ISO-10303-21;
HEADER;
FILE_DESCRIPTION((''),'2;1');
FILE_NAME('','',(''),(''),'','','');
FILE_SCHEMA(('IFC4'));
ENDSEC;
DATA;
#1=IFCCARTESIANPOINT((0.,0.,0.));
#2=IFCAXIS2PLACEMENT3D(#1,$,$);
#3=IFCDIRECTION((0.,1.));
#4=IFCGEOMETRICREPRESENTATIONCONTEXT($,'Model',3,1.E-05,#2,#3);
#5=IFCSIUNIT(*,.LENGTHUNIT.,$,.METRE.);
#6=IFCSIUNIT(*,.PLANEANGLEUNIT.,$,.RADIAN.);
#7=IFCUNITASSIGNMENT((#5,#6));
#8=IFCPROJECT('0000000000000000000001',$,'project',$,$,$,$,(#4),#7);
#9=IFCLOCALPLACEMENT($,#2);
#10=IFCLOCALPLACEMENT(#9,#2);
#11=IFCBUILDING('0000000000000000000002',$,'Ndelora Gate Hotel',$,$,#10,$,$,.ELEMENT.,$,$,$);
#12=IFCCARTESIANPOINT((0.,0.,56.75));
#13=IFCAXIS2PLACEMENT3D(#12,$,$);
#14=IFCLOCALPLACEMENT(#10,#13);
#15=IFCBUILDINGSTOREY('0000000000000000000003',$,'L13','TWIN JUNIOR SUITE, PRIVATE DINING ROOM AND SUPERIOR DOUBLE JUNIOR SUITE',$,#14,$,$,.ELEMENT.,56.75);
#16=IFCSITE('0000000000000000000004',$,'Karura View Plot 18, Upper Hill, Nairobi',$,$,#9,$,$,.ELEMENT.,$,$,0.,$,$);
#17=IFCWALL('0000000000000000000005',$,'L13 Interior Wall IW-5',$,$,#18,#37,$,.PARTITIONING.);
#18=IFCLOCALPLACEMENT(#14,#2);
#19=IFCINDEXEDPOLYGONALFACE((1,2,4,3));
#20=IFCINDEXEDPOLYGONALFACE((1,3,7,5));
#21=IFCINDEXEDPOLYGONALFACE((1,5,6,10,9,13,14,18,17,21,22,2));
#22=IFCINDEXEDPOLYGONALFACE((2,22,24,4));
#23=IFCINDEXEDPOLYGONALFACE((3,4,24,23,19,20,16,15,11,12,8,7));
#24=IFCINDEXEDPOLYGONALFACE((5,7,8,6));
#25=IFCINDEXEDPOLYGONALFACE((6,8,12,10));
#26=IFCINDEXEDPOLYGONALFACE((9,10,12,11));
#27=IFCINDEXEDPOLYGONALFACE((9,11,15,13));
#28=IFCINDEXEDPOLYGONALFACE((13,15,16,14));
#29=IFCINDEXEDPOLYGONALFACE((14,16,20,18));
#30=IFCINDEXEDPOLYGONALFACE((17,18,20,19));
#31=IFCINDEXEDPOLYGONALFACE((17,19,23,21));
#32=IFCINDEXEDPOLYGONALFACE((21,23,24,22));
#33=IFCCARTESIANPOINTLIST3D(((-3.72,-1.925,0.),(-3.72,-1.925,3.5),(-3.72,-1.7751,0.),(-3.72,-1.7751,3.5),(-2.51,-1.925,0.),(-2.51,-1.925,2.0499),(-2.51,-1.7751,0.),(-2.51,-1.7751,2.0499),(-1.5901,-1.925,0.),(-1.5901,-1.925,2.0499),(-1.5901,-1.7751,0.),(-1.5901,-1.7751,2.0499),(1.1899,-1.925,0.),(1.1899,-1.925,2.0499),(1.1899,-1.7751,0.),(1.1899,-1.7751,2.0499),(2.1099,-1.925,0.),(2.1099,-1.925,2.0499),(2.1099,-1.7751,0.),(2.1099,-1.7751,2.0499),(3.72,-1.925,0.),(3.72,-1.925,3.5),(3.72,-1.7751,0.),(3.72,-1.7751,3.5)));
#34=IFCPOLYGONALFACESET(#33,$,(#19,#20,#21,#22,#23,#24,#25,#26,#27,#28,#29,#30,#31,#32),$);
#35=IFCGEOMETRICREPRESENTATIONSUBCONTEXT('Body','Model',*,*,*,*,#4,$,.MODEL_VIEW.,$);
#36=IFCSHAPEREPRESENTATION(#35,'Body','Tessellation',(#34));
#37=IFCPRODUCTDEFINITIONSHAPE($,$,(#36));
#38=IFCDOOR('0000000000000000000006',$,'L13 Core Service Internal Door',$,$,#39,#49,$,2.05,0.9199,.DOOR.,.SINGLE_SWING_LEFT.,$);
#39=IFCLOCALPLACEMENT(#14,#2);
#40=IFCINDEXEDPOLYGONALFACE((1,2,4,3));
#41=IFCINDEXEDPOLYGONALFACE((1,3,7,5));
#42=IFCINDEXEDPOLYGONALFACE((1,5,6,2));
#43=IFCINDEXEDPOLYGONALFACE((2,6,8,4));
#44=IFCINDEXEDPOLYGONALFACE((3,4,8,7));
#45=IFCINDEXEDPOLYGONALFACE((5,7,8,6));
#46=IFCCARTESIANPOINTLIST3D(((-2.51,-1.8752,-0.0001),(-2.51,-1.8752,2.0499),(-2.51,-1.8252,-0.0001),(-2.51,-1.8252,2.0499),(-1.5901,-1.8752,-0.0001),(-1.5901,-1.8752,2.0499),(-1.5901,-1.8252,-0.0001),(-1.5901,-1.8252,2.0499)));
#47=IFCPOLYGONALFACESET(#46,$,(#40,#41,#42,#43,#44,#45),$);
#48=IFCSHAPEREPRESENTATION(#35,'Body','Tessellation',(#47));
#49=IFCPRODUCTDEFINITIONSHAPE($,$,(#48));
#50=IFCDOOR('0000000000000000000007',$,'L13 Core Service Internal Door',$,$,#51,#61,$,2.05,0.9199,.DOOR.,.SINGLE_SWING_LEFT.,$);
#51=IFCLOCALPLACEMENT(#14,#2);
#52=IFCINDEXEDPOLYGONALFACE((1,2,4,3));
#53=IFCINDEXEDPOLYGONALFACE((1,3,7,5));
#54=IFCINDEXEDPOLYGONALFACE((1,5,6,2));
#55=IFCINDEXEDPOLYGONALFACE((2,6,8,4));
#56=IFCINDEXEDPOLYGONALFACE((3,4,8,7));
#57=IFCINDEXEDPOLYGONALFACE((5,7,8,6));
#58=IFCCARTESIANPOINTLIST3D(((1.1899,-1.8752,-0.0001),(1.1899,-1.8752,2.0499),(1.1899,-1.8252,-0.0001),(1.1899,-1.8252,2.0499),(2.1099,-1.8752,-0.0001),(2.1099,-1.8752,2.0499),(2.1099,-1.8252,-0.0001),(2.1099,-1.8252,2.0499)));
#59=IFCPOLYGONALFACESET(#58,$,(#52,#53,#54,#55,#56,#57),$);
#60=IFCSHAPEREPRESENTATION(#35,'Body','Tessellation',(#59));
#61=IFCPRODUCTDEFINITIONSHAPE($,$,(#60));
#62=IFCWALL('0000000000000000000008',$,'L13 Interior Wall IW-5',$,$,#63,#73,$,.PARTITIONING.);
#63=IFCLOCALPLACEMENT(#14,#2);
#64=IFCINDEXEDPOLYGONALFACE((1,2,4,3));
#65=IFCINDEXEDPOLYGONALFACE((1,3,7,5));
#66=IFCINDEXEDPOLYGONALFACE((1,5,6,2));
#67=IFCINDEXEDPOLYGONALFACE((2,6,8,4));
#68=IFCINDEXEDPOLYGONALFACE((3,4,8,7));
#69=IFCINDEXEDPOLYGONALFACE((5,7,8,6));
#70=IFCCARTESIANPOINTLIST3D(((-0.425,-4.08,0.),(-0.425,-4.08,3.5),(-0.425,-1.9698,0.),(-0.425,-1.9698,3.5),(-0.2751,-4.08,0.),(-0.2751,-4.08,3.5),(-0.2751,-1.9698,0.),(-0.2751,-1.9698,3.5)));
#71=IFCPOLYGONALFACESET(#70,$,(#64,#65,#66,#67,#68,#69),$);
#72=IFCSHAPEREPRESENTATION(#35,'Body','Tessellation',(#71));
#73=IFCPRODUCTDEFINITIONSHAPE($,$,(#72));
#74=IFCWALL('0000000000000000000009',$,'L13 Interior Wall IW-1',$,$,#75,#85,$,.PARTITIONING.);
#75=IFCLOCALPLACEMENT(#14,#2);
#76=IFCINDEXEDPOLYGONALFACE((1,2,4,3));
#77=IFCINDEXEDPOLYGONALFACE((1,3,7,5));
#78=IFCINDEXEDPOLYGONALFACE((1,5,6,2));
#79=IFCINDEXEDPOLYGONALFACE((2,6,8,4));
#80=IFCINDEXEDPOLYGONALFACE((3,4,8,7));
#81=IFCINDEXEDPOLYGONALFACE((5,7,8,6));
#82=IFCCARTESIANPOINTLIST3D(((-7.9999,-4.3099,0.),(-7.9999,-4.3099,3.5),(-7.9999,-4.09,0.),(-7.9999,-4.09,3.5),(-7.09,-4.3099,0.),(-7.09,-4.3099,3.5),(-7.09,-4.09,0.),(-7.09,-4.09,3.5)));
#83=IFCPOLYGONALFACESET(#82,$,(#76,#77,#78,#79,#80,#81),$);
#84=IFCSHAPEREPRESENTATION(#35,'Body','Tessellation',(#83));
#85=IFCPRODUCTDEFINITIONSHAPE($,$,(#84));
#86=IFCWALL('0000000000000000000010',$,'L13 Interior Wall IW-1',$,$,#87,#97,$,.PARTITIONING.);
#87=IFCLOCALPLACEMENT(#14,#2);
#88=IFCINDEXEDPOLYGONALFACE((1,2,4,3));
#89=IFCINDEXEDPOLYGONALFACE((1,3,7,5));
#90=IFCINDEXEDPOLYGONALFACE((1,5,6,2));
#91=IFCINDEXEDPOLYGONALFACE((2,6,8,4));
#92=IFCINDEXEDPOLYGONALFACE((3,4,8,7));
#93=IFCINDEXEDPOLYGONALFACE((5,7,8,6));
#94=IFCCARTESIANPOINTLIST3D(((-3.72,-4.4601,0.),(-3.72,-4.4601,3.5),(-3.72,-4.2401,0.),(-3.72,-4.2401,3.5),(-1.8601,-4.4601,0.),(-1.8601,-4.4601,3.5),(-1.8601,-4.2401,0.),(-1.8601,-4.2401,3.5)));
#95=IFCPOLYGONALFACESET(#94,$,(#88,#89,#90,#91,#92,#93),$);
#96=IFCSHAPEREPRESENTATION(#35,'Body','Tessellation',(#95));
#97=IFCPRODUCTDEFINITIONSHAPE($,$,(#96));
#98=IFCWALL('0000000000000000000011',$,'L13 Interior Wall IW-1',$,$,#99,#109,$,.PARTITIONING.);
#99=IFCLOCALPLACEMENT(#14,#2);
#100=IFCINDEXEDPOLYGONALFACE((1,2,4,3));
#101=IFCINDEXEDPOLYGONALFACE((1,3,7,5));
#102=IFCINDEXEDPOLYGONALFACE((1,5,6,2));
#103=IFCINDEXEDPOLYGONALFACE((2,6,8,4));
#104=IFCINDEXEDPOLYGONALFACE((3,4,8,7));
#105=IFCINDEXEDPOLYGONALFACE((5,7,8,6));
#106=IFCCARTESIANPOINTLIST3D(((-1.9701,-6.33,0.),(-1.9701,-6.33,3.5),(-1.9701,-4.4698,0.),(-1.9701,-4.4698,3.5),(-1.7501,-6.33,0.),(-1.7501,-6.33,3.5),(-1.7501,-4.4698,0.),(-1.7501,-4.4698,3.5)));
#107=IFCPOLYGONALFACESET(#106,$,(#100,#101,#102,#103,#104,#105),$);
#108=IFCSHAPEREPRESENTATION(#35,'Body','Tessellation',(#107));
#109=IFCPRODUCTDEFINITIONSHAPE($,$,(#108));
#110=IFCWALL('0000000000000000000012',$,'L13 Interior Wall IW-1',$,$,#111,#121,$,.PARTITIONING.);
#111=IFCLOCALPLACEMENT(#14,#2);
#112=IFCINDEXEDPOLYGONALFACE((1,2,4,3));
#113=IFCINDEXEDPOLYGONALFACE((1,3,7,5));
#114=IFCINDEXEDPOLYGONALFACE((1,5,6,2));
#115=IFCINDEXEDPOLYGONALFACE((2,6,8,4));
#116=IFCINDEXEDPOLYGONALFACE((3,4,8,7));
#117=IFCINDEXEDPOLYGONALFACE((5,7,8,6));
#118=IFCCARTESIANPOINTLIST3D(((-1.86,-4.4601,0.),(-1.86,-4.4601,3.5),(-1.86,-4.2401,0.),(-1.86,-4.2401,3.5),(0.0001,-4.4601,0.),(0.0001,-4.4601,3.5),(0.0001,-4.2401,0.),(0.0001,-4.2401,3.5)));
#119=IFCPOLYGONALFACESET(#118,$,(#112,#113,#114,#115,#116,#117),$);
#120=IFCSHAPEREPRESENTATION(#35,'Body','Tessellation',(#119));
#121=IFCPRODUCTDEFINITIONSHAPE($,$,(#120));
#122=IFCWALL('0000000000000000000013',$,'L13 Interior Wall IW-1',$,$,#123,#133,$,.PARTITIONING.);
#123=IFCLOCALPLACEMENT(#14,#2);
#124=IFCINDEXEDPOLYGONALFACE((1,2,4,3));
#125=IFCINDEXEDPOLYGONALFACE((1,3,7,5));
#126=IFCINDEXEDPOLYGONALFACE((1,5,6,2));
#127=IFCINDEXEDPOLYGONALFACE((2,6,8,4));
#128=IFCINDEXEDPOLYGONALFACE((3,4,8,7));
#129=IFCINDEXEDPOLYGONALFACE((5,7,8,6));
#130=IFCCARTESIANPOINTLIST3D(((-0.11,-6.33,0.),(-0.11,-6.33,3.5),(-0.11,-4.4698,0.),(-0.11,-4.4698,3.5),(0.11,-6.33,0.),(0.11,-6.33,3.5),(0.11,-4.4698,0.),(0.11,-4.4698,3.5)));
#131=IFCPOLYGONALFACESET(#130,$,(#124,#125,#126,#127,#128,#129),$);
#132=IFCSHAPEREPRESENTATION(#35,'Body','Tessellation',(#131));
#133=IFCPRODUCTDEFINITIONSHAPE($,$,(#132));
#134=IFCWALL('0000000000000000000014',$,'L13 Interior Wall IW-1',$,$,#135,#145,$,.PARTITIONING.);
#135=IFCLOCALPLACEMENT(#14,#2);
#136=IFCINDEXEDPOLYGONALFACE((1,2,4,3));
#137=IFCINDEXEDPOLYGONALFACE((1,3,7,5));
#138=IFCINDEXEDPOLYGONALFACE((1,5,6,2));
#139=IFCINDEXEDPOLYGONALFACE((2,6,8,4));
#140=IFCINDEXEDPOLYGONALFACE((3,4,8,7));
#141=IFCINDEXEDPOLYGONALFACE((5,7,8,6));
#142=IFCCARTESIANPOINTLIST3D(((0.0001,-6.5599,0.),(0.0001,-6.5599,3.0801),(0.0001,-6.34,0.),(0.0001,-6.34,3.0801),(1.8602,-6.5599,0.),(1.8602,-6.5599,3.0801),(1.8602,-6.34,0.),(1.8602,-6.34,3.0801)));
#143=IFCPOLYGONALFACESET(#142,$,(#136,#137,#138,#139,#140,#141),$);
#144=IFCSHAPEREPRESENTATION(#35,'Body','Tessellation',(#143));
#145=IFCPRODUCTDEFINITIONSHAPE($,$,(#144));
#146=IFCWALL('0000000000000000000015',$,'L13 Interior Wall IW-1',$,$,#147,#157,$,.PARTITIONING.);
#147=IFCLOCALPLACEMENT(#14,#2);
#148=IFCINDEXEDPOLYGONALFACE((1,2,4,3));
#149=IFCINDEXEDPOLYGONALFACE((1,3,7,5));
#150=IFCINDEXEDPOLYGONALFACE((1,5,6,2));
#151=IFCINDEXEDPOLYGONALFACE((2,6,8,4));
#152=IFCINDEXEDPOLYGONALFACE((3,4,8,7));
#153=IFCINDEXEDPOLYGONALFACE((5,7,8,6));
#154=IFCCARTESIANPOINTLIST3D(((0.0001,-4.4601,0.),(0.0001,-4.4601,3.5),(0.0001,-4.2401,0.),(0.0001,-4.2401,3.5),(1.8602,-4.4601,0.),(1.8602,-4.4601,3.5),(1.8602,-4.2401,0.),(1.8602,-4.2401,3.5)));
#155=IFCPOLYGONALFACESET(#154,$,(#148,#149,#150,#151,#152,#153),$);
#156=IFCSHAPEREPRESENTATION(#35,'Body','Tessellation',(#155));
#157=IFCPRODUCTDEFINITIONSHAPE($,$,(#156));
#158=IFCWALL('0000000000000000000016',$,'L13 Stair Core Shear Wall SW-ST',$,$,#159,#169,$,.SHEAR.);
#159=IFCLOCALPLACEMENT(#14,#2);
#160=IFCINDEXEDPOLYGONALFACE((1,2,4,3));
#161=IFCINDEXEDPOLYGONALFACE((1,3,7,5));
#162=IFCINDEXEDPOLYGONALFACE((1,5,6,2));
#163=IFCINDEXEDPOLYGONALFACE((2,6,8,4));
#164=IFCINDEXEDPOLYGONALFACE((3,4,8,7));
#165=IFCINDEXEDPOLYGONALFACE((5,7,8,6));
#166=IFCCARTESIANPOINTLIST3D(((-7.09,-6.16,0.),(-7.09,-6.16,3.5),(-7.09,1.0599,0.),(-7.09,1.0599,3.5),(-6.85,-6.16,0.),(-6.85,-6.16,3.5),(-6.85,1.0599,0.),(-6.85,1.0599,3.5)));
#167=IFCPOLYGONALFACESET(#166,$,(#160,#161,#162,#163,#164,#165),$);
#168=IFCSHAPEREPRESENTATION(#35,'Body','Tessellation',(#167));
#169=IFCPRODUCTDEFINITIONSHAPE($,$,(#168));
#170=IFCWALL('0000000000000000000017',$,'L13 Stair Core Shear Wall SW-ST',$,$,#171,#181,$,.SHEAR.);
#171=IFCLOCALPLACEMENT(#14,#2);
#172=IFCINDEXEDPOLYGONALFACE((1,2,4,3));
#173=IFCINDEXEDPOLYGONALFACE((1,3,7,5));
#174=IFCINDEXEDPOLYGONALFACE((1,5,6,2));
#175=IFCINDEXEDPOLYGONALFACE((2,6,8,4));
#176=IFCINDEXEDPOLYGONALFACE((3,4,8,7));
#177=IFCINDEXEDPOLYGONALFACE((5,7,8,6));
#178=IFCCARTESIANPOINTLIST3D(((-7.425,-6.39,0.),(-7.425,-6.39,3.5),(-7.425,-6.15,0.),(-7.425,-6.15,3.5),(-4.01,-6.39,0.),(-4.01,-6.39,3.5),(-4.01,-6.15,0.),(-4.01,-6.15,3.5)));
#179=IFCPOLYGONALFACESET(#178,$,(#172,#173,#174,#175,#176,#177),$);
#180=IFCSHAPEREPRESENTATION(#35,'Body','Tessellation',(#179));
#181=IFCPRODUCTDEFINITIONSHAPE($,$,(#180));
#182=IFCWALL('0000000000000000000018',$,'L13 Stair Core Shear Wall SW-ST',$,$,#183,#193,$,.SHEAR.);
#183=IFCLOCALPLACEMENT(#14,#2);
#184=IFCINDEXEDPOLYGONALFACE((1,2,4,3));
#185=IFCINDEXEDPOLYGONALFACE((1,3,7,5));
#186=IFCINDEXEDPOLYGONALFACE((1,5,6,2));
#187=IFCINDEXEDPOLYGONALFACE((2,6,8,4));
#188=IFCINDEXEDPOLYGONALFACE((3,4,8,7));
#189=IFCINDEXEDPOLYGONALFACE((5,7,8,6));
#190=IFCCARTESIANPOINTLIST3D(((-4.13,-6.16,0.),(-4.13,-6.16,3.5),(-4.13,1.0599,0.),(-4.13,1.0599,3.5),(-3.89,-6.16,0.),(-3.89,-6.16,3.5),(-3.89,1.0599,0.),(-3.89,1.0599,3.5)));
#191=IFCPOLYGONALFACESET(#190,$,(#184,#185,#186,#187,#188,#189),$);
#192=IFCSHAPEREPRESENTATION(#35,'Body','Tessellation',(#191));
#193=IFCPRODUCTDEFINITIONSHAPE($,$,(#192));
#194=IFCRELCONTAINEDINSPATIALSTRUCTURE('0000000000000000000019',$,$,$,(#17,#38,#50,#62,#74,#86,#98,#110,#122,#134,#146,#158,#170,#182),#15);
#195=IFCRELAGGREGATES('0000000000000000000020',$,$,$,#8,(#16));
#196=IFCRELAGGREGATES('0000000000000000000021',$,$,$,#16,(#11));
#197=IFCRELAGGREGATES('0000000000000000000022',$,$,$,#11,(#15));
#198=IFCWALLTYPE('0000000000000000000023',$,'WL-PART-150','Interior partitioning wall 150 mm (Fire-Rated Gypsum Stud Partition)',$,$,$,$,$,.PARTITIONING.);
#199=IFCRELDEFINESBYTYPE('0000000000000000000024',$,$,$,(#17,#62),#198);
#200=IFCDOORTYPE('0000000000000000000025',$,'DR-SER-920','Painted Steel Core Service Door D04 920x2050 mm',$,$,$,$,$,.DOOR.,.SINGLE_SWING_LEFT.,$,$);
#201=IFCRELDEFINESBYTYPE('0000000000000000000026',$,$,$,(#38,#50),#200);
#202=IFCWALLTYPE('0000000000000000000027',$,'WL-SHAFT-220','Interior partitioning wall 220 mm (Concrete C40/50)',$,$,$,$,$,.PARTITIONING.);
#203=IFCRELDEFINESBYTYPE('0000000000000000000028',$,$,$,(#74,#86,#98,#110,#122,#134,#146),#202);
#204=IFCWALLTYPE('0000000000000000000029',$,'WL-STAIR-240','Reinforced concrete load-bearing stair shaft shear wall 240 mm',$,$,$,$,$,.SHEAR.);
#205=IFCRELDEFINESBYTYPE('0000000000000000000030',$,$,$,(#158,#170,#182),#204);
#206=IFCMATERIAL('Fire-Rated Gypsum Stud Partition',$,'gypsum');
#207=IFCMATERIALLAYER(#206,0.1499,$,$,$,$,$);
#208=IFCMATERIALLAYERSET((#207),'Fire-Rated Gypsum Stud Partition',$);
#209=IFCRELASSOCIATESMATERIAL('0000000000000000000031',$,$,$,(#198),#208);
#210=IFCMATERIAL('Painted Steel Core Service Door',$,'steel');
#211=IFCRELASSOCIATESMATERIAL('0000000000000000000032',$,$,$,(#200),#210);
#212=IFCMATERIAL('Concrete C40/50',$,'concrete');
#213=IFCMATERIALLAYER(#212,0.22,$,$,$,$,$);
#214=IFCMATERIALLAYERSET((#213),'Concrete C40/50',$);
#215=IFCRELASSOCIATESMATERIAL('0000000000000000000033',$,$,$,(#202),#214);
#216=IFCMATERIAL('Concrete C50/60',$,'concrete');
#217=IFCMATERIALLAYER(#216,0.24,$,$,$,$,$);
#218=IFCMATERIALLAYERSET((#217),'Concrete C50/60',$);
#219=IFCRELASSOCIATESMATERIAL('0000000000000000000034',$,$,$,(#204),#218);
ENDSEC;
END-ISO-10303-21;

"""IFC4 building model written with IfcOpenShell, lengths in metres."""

from ifc_helpers import new_model, si_unit, direction, frame, frame_2d, origin, place, context, subcontext, project, spatial, rectangle, extrude, material, layer, layer_set, type_object, element, fill, save


model = new_model("IFC4")

# Units and contexts
model_context = context("Model", 3, precision=1e-05, world=origin(), true_north=direction((0.0, 1.0)))
body_context = subcontext(model_context, "Body", "Model", "MODEL_VIEW")
ifc_project = project(units=[si_unit("LENGTHUNIT", "METRE"), si_unit("PLANEANGLEUNIT", "RADIAN")], contexts=[model_context])

# Site, building, storey
site_placement = place(None, origin())
site = spatial("IfcSite", under=ifc_project, at=site_placement, Name="Karura View Plot 18, Upper Hill, Nairobi", CompositionType="ELEMENT", RefElevation=0.0)
building_placement = place(site_placement, origin())
building = spatial("IfcBuilding", under=site, at=building_placement, Name="Ndelora Gate Hotel", CompositionType="ELEMENT")
storey_placement = place(building_placement, frame((0.0, 0.0, 56.75)))
storey = spatial("IfcBuildingStorey", under=building, at=storey_placement, Name="L13", Description="TWIN JUNIOR SUITE, PRIVATE DINING ROOM AND SUPERIOR DOUBLE JUNIOR SUITE", CompositionType="ELEMENT", Elevation=56.75)

# Wall, openings, doors
ifc_material_1 = material(Name="Fire-Rated Gypsum Stud Partition", Category="gypsum")
ifc_layer_1 = layer(ifc_material_1, 0.1499)
ifc_layer_set_1 = layer_set([ifc_layer_1], Name="Fire-Rated Gypsum Stud Partition")
wall_type_1 = type_object("IfcWallType", Name="WL-PART-150", Description="Interior partitioning wall 150 mm (Fire-Rated Gypsum Stud Partition)", PredefinedType="PARTITIONING", material=ifc_layer_set_1)
wall_1_placement = place(storey_placement, frame((-3.72, -1.8501, 0.0), z_axis=(0.0, 0.0, 1.0), x_axis=(1.0, 0.0, 0.0)))
wall_1 = element("IfcWall", 1, at=wall_1_placement, inside=storey, type_object=wall_type_1, Name="L13 Interior Wall IW-5", PredefinedType="PARTITIONING", context=body_context, shape_type="SweptSolid", body=[
    extrude(rectangle(XDim=7.4399, YDim=0.1499, at=frame_2d((3.72, 0.0))), origin(), (0.0, 0.0, 1.0), 3.5),
])
opening_1_placement = place(wall_1_placement, frame((1.21, 0.0, 0.0)))
opening_1 = element("IfcOpeningElement", 2, at=opening_1_placement, cuts=wall_1, PredefinedType="OPENING", context=body_context, shape_type="SweptSolid", body=[
    extrude(rectangle(XDim=0.9199, YDim=2.05, at=frame_2d((0.46, 1.0249))), frame((0.0, 0.085, 0.0), z_axis=(0.0, -1.0, 0.0), x_axis=(1.0, 0.0, 0.0)), (0.0, 0.0, 1.0), 0.1699),
])
opening_2_placement = place(wall_1_placement, frame((4.9099, 0.0, 0.0)))
opening_2 = element("IfcOpeningElement", 3, at=opening_2_placement, cuts=wall_1, PredefinedType="OPENING", context=body_context, shape_type="SweptSolid", body=[
    extrude(rectangle(XDim=0.9199, YDim=2.05, at=frame_2d((0.46, 1.0249))), frame((0.0, 0.085, 0.0), z_axis=(0.0, -1.0, 0.0), x_axis=(1.0, 0.0, 0.0)), (0.0, 0.0, 1.0), 0.1699),
])
ifc_material_2 = material(Name="Painted Steel Core Service Door", Category="steel")
door_type = type_object("IfcDoorType", Name="DR-SER-920", Description="Painted Steel Core Service Door D04 920x2050 mm", OperationType="SINGLE_SWING_LEFT", PredefinedType="DOOR", material=ifc_material_2)
door_1_placement = place(opening_1_placement, origin())
door_1 = element("IfcDoor", 4, at=door_1_placement, inside=storey, type_object=door_type, Name="L13 Core Service Internal Door", OperationType="SINGLE_SWING_LEFT", OverallHeight=2.05, OverallWidth=0.9199, PredefinedType="DOOR", context=body_context, shape_type="SweptSolid", body=[
    extrude(rectangle(XDim=0.9199, YDim=2.05, at=frame_2d((0.46, 1.0249))), frame((0.0, 0.0249, 0.0), z_axis=(0.0, -1.0, 0.0), x_axis=(1.0, 0.0, 0.0)), (0.0, 0.0, 1.0), 0.05),
])
fill(opening_1, door_1)
door_2_placement = place(opening_2_placement, origin())
door_2 = element("IfcDoor", 5, at=door_2_placement, inside=storey, type_object=door_type, Name="L13 Core Service Internal Door", OperationType="SINGLE_SWING_LEFT", OverallHeight=2.05, OverallWidth=0.9199, PredefinedType="DOOR", context=body_context, shape_type="SweptSolid", body=[
    extrude(rectangle(XDim=0.9199, YDim=2.05, at=frame_2d((0.46, 1.0249))), frame((0.0, 0.0249, 0.0), z_axis=(0.0, -1.0, 0.0), x_axis=(1.0, 0.0, 0.0)), (0.0, 0.0, 1.0), 0.05),
])
fill(opening_2, door_2)

# Walls
wall_2_placement = place(storey_placement, frame((-0.3501, -4.0801, 0.0), z_axis=(0.0, 0.0, 1.0), x_axis=(0.0, 1.0, 0.0)))
element("IfcWall", 6, at=wall_2_placement, inside=storey, type_object=wall_type_1, Name="L13 Interior Wall IW-5", PredefinedType="PARTITIONING", context=body_context, shape_type="SweptSolid", body=[
    extrude(rectangle(XDim=2.1101, YDim=0.1499, at=frame_2d((1.0552, 0.0))), origin(), (0.0, 0.0, 1.0), 3.5),
])
ifc_material_3 = material(Name="Concrete C40/50", Category="concrete")
ifc_layer_2 = layer(ifc_material_3, 0.22)
ifc_layer_set_2 = layer_set([ifc_layer_2], Name="Concrete C40/50")
wall_type_2 = type_object("IfcWallType", Name="WL-SHAFT-220", Description="Interior partitioning wall 220 mm (Concrete C40/50)", PredefinedType="PARTITIONING", material=ifc_layer_set_2)
wall_3_placement = place(storey_placement, frame((-8.0, -4.2, 0.0), z_axis=(0.0, 0.0, 1.0), x_axis=(1.0, 0.0, 0.0)))
element("IfcWall", 7, at=wall_3_placement, inside=storey, type_object=wall_type_2, Name="L13 Interior Wall IW-1", PredefinedType="PARTITIONING", context=body_context, shape_type="SweptSolid", body=[
    extrude(rectangle(XDim=0.9099, YDim=0.22, at=frame_2d((0.4551, 0.0))), origin(), (0.0, 0.0, 1.0), 3.5),
])
wall_4_placement = place(storey_placement, frame((-3.72, -4.3501, 0.0), z_axis=(0.0, 0.0, 1.0), x_axis=(1.0, 0.0, 0.0)))
element("IfcWall", 8, at=wall_4_placement, inside=storey, type_object=wall_type_2, Name="L13 Interior Wall IW-1", PredefinedType="PARTITIONING", context=body_context, shape_type="SweptSolid", body=[
    extrude(rectangle(XDim=1.8599, YDim=0.22, at=frame_2d((0.9299, 0.0))), origin(), (0.0, 0.0, 1.0), 3.5),
])
for number, where, z_axis, x_axis, name in (
    (9, (-1.8601, -6.3301, 0.0), (0.0, 0.0, 1.0), (0.0, 1.0, 0.0), "L13 Interior Wall IW-1"),
    (10, (-1.8601, -4.3501, 0.0), (0.0, 0.0, 1.0), (1.0, 0.0, 0.0), "L13 Interior Wall IW-1"),
    (11, (0.0, -6.3301, 0.0), (0.0, 0.0, 1.0), (0.0, 1.0, 0.0), "L13 Interior Wall IW-1"),
):
    element("IfcWall", number, at=place(storey_placement, frame(where, z_axis=z_axis, x_axis=x_axis)), inside=storey, type_object=wall_type_2, Name=name, PredefinedType="PARTITIONING", context=body_context, shape_type="SweptSolid", body=[
        extrude(rectangle(XDim=1.8601, YDim=0.22, at=frame_2d((0.9302, 0.0))), origin(), (0.0, 0.0, 1.0), 3.5),
    ])
wall_5_placement = place(storey_placement, frame((0.0, -6.45, 0.0), z_axis=(0.0, 0.0, 1.0), x_axis=(1.0, 0.0, 0.0)))
element("IfcWall", 12, at=wall_5_placement, inside=storey, type_object=wall_type_2, Name="L13 Interior Wall IW-1", PredefinedType="PARTITIONING", context=body_context, shape_type="SweptSolid", body=[
    extrude(rectangle(XDim=1.8601, YDim=0.22, at=frame_2d((0.9302, 0.0))), origin(), (0.0, 0.0, 1.0), 3.0801),
])
wall_6_placement = place(storey_placement, frame((0.0, -4.3501, 0.0), z_axis=(0.0, 0.0, 1.0), x_axis=(1.0, 0.0, 0.0)))
element("IfcWall", 13, at=wall_6_placement, inside=storey, type_object=wall_type_2, Name="L13 Interior Wall IW-1", PredefinedType="PARTITIONING", context=body_context, shape_type="SweptSolid", body=[
    extrude(rectangle(XDim=1.8601, YDim=0.22, at=frame_2d((0.9302, 0.0))), origin(), (0.0, 0.0, 1.0), 3.5),
])
ifc_material_4 = material(Name="Concrete C50/60", Category="concrete")
ifc_layer_3 = layer(ifc_material_4, 0.24)
ifc_layer_set_3 = layer_set([ifc_layer_3], Name="Concrete C50/60")
wall_type_3 = type_object("IfcWallType", Name="WL-STAIR-240", Description="Reinforced concrete load-bearing stair shaft shear wall 240 mm", PredefinedType="SHEAR", material=ifc_layer_set_3)
wall_7_placement = place(storey_placement, frame((-6.97, -6.1599, 0.0), z_axis=(0.0, 0.0, 1.0), x_axis=(0.0, 1.0, 0.0)))
element("IfcWall", 14, at=wall_7_placement, inside=storey, type_object=wall_type_3, Name="L13 Stair Core Shear Wall SW-ST", PredefinedType="SHEAR", context=body_context, shape_type="SweptSolid", body=[
    extrude(rectangle(XDim=7.22, YDim=0.24, at=frame_2d((3.6099, 0.0))), origin(), (0.0, 0.0, 1.0), 3.5),
])
wall_8_placement = place(storey_placement, frame((-7.425, -6.27, 0.0), z_axis=(0.0, 0.0, 1.0), x_axis=(1.0, 0.0, 0.0)))
element("IfcWall", 15, at=wall_8_placement, inside=storey, type_object=wall_type_3, Name="L13 Stair Core Shear Wall SW-ST", PredefinedType="SHEAR", context=body_context, shape_type="SweptSolid", body=[
    extrude(rectangle(XDim=3.415, YDim=0.24, at=frame_2d((1.7075, 0.0))), origin(), (0.0, 0.0, 1.0), 3.5),
])
wall_9_placement = place(storey_placement, frame((-4.01, -6.1599, 0.0), z_axis=(0.0, 0.0, 1.0), x_axis=(0.0, 1.0, 0.0)))
element("IfcWall", 16, at=wall_9_placement, inside=storey, type_object=wall_type_3, Name="L13 Stair Core Shear Wall SW-ST", PredefinedType="SHEAR", context=body_context, shape_type="SweptSolid", body=[
    extrude(rectangle(XDim=7.22, YDim=0.24, at=frame_2d((3.6099, 0.0))), origin(), (0.0, 0.0, 1.0), 3.5),
])

save(model, "model.ifc")
